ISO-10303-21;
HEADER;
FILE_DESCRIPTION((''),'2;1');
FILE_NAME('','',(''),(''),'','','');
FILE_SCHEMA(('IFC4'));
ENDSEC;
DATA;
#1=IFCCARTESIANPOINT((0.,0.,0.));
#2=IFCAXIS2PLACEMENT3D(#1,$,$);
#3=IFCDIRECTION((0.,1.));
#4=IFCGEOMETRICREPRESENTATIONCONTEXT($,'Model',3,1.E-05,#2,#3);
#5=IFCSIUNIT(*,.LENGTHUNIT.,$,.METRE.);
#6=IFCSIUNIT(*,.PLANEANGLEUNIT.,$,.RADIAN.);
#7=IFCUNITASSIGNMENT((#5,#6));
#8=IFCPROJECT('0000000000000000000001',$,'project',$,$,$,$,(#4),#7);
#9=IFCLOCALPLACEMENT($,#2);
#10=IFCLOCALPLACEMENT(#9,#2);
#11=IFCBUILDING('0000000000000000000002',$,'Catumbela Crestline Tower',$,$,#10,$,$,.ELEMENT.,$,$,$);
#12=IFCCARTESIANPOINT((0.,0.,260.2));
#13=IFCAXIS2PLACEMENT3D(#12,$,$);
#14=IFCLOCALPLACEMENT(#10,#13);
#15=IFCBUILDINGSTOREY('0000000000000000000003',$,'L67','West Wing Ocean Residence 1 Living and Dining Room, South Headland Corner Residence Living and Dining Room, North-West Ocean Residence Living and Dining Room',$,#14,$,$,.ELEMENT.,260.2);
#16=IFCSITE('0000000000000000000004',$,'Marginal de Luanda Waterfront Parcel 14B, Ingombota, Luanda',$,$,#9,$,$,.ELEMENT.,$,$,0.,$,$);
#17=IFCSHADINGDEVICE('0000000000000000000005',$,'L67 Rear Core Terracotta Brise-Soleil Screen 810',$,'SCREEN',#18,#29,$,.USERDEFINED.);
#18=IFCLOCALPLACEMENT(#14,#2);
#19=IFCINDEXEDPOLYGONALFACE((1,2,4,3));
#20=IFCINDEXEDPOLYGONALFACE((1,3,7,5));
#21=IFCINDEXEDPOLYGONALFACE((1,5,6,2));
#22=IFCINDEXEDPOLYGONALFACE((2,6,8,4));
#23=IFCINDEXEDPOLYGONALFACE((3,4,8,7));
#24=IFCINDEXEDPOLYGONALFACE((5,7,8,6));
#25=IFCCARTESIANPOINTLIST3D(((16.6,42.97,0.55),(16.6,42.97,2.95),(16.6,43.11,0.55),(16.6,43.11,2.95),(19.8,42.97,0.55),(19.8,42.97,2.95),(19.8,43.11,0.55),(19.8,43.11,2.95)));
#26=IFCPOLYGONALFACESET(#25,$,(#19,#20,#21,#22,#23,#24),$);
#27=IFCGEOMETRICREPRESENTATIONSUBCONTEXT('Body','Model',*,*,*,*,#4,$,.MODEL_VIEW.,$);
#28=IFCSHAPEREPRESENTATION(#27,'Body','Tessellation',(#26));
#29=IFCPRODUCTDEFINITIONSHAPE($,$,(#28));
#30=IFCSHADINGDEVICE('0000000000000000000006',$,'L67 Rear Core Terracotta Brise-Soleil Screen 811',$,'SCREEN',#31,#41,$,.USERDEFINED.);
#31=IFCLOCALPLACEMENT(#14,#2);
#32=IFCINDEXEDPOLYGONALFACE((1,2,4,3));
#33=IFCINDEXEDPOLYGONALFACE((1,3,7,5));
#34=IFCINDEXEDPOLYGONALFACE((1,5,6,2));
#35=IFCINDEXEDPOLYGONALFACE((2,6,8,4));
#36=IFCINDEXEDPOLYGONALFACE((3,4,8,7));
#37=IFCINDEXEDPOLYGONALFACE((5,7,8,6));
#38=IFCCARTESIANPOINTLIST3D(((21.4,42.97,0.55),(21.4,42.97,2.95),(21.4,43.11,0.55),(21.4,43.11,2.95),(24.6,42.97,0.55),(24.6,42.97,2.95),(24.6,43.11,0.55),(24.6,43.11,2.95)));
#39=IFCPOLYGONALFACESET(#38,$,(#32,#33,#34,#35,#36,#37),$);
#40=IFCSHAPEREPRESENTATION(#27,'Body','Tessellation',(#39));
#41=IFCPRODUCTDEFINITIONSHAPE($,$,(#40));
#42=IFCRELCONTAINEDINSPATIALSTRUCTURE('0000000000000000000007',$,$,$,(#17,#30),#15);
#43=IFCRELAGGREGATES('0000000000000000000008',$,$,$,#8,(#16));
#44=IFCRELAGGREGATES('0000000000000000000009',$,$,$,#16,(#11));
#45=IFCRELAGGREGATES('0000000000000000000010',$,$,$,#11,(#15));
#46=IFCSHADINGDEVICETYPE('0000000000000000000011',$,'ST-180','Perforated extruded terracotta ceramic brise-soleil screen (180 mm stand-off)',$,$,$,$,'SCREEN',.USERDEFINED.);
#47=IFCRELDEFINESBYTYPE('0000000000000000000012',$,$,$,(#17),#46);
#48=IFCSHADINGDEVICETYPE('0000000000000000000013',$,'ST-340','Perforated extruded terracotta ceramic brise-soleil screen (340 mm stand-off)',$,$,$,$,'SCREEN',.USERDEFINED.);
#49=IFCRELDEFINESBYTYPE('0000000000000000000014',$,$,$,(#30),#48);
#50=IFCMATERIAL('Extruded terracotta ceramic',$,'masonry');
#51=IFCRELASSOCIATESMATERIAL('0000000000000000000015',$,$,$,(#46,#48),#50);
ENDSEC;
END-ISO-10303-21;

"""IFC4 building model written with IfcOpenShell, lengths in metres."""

from ifc_helpers import new_model, si_unit, direction, frame, origin, origin_2d, place, context, subcontext, project, spatial, rectangle, extrude, material, type_object, element, save


model = new_model("IFC4")

# Units and contexts
model_context = context("Model", 3, precision=1e-05, world=origin(), true_north=direction((0.0, 1.0)))
body_context = subcontext(model_context, "Body", "Model", "MODEL_VIEW")
ifc_project = project(units=[si_unit("LENGTHUNIT", "METRE"), si_unit("PLANEANGLEUNIT", "RADIAN")], contexts=[model_context])

# Site, building, storey
site_placement = place(None, origin())
site = spatial("IfcSite", under=ifc_project, at=site_placement, Name="Marginal de Luanda Waterfront Parcel 14B, Ingombota, Luanda", CompositionType="ELEMENT", RefElevation=0.0)
building_placement = place(site_placement, origin())
building = spatial("IfcBuilding", under=site, at=building_placement, Name="Catumbela Crestline Tower", CompositionType="ELEMENT")
storey_placement = place(building_placement, frame((0.0, 0.0, 260.2)))
storey = spatial("IfcBuildingStorey", under=building, at=storey_placement, Name="L67", Description="West Wing Ocean Residence 1 Living and Dining Room, South Headland Corner Residence Living and Dining Room, North-West Ocean Residence Living and Dining Room", CompositionType="ELEMENT", Elevation=260.2)

# Shading devices
ifc_material_1 = material(Name="Extruded terracotta ceramic", Category="masonry")
shading_device_type_1 = type_object("IfcShadingDeviceType", Name="ST-180", Description="Perforated extruded terracotta ceramic brise-soleil screen (180 mm stand-off)", ElementType="SCREEN", PredefinedType="USERDEFINED", material=ifc_material_1)
shading_device_1_placement = place(storey_placement, frame((18.2, 43.04, 0.55), z_axis=(0.0, 0.0, 1.0), x_axis=(1.0, 0.0, 0.0)))
element("IfcShadingDevice", 1, at=shading_device_1_placement, inside=storey, type_object=shading_device_type_1, Name="L67 Rear Core Terracotta Brise-Soleil Screen 810", ObjectType="SCREEN", PredefinedType="USERDEFINED", context=body_context, shape_type="SweptSolid", body=[
    extrude(rectangle(XDim=3.2, YDim=0.14, at=origin_2d()), origin(), (0.0, 0.0, 1.0), 2.4),
])
shading_device_type_2 = type_object("IfcShadingDeviceType", Name="ST-340", Description="Perforated extruded terracotta ceramic brise-soleil screen (340 mm stand-off)", ElementType="SCREEN", PredefinedType="USERDEFINED", material=ifc_material_1)
shading_device_2_placement = place(storey_placement, frame((23.0, 43.04, 0.55), z_axis=(0.0, 0.0, 1.0), x_axis=(1.0, 0.0, 0.0)))
element("IfcShadingDevice", 2, at=shading_device_2_placement, inside=storey, type_object=shading_device_type_2, Name="L67 Rear Core Terracotta Brise-Soleil Screen 811", ObjectType="SCREEN", PredefinedType="USERDEFINED", context=body_context, shape_type="SweptSolid", body=[
    extrude(rectangle(XDim=3.2, YDim=0.14, at=origin_2d()), origin(), (0.0, 0.0, 1.0), 2.4),
])

save(model, "model.ifc")
